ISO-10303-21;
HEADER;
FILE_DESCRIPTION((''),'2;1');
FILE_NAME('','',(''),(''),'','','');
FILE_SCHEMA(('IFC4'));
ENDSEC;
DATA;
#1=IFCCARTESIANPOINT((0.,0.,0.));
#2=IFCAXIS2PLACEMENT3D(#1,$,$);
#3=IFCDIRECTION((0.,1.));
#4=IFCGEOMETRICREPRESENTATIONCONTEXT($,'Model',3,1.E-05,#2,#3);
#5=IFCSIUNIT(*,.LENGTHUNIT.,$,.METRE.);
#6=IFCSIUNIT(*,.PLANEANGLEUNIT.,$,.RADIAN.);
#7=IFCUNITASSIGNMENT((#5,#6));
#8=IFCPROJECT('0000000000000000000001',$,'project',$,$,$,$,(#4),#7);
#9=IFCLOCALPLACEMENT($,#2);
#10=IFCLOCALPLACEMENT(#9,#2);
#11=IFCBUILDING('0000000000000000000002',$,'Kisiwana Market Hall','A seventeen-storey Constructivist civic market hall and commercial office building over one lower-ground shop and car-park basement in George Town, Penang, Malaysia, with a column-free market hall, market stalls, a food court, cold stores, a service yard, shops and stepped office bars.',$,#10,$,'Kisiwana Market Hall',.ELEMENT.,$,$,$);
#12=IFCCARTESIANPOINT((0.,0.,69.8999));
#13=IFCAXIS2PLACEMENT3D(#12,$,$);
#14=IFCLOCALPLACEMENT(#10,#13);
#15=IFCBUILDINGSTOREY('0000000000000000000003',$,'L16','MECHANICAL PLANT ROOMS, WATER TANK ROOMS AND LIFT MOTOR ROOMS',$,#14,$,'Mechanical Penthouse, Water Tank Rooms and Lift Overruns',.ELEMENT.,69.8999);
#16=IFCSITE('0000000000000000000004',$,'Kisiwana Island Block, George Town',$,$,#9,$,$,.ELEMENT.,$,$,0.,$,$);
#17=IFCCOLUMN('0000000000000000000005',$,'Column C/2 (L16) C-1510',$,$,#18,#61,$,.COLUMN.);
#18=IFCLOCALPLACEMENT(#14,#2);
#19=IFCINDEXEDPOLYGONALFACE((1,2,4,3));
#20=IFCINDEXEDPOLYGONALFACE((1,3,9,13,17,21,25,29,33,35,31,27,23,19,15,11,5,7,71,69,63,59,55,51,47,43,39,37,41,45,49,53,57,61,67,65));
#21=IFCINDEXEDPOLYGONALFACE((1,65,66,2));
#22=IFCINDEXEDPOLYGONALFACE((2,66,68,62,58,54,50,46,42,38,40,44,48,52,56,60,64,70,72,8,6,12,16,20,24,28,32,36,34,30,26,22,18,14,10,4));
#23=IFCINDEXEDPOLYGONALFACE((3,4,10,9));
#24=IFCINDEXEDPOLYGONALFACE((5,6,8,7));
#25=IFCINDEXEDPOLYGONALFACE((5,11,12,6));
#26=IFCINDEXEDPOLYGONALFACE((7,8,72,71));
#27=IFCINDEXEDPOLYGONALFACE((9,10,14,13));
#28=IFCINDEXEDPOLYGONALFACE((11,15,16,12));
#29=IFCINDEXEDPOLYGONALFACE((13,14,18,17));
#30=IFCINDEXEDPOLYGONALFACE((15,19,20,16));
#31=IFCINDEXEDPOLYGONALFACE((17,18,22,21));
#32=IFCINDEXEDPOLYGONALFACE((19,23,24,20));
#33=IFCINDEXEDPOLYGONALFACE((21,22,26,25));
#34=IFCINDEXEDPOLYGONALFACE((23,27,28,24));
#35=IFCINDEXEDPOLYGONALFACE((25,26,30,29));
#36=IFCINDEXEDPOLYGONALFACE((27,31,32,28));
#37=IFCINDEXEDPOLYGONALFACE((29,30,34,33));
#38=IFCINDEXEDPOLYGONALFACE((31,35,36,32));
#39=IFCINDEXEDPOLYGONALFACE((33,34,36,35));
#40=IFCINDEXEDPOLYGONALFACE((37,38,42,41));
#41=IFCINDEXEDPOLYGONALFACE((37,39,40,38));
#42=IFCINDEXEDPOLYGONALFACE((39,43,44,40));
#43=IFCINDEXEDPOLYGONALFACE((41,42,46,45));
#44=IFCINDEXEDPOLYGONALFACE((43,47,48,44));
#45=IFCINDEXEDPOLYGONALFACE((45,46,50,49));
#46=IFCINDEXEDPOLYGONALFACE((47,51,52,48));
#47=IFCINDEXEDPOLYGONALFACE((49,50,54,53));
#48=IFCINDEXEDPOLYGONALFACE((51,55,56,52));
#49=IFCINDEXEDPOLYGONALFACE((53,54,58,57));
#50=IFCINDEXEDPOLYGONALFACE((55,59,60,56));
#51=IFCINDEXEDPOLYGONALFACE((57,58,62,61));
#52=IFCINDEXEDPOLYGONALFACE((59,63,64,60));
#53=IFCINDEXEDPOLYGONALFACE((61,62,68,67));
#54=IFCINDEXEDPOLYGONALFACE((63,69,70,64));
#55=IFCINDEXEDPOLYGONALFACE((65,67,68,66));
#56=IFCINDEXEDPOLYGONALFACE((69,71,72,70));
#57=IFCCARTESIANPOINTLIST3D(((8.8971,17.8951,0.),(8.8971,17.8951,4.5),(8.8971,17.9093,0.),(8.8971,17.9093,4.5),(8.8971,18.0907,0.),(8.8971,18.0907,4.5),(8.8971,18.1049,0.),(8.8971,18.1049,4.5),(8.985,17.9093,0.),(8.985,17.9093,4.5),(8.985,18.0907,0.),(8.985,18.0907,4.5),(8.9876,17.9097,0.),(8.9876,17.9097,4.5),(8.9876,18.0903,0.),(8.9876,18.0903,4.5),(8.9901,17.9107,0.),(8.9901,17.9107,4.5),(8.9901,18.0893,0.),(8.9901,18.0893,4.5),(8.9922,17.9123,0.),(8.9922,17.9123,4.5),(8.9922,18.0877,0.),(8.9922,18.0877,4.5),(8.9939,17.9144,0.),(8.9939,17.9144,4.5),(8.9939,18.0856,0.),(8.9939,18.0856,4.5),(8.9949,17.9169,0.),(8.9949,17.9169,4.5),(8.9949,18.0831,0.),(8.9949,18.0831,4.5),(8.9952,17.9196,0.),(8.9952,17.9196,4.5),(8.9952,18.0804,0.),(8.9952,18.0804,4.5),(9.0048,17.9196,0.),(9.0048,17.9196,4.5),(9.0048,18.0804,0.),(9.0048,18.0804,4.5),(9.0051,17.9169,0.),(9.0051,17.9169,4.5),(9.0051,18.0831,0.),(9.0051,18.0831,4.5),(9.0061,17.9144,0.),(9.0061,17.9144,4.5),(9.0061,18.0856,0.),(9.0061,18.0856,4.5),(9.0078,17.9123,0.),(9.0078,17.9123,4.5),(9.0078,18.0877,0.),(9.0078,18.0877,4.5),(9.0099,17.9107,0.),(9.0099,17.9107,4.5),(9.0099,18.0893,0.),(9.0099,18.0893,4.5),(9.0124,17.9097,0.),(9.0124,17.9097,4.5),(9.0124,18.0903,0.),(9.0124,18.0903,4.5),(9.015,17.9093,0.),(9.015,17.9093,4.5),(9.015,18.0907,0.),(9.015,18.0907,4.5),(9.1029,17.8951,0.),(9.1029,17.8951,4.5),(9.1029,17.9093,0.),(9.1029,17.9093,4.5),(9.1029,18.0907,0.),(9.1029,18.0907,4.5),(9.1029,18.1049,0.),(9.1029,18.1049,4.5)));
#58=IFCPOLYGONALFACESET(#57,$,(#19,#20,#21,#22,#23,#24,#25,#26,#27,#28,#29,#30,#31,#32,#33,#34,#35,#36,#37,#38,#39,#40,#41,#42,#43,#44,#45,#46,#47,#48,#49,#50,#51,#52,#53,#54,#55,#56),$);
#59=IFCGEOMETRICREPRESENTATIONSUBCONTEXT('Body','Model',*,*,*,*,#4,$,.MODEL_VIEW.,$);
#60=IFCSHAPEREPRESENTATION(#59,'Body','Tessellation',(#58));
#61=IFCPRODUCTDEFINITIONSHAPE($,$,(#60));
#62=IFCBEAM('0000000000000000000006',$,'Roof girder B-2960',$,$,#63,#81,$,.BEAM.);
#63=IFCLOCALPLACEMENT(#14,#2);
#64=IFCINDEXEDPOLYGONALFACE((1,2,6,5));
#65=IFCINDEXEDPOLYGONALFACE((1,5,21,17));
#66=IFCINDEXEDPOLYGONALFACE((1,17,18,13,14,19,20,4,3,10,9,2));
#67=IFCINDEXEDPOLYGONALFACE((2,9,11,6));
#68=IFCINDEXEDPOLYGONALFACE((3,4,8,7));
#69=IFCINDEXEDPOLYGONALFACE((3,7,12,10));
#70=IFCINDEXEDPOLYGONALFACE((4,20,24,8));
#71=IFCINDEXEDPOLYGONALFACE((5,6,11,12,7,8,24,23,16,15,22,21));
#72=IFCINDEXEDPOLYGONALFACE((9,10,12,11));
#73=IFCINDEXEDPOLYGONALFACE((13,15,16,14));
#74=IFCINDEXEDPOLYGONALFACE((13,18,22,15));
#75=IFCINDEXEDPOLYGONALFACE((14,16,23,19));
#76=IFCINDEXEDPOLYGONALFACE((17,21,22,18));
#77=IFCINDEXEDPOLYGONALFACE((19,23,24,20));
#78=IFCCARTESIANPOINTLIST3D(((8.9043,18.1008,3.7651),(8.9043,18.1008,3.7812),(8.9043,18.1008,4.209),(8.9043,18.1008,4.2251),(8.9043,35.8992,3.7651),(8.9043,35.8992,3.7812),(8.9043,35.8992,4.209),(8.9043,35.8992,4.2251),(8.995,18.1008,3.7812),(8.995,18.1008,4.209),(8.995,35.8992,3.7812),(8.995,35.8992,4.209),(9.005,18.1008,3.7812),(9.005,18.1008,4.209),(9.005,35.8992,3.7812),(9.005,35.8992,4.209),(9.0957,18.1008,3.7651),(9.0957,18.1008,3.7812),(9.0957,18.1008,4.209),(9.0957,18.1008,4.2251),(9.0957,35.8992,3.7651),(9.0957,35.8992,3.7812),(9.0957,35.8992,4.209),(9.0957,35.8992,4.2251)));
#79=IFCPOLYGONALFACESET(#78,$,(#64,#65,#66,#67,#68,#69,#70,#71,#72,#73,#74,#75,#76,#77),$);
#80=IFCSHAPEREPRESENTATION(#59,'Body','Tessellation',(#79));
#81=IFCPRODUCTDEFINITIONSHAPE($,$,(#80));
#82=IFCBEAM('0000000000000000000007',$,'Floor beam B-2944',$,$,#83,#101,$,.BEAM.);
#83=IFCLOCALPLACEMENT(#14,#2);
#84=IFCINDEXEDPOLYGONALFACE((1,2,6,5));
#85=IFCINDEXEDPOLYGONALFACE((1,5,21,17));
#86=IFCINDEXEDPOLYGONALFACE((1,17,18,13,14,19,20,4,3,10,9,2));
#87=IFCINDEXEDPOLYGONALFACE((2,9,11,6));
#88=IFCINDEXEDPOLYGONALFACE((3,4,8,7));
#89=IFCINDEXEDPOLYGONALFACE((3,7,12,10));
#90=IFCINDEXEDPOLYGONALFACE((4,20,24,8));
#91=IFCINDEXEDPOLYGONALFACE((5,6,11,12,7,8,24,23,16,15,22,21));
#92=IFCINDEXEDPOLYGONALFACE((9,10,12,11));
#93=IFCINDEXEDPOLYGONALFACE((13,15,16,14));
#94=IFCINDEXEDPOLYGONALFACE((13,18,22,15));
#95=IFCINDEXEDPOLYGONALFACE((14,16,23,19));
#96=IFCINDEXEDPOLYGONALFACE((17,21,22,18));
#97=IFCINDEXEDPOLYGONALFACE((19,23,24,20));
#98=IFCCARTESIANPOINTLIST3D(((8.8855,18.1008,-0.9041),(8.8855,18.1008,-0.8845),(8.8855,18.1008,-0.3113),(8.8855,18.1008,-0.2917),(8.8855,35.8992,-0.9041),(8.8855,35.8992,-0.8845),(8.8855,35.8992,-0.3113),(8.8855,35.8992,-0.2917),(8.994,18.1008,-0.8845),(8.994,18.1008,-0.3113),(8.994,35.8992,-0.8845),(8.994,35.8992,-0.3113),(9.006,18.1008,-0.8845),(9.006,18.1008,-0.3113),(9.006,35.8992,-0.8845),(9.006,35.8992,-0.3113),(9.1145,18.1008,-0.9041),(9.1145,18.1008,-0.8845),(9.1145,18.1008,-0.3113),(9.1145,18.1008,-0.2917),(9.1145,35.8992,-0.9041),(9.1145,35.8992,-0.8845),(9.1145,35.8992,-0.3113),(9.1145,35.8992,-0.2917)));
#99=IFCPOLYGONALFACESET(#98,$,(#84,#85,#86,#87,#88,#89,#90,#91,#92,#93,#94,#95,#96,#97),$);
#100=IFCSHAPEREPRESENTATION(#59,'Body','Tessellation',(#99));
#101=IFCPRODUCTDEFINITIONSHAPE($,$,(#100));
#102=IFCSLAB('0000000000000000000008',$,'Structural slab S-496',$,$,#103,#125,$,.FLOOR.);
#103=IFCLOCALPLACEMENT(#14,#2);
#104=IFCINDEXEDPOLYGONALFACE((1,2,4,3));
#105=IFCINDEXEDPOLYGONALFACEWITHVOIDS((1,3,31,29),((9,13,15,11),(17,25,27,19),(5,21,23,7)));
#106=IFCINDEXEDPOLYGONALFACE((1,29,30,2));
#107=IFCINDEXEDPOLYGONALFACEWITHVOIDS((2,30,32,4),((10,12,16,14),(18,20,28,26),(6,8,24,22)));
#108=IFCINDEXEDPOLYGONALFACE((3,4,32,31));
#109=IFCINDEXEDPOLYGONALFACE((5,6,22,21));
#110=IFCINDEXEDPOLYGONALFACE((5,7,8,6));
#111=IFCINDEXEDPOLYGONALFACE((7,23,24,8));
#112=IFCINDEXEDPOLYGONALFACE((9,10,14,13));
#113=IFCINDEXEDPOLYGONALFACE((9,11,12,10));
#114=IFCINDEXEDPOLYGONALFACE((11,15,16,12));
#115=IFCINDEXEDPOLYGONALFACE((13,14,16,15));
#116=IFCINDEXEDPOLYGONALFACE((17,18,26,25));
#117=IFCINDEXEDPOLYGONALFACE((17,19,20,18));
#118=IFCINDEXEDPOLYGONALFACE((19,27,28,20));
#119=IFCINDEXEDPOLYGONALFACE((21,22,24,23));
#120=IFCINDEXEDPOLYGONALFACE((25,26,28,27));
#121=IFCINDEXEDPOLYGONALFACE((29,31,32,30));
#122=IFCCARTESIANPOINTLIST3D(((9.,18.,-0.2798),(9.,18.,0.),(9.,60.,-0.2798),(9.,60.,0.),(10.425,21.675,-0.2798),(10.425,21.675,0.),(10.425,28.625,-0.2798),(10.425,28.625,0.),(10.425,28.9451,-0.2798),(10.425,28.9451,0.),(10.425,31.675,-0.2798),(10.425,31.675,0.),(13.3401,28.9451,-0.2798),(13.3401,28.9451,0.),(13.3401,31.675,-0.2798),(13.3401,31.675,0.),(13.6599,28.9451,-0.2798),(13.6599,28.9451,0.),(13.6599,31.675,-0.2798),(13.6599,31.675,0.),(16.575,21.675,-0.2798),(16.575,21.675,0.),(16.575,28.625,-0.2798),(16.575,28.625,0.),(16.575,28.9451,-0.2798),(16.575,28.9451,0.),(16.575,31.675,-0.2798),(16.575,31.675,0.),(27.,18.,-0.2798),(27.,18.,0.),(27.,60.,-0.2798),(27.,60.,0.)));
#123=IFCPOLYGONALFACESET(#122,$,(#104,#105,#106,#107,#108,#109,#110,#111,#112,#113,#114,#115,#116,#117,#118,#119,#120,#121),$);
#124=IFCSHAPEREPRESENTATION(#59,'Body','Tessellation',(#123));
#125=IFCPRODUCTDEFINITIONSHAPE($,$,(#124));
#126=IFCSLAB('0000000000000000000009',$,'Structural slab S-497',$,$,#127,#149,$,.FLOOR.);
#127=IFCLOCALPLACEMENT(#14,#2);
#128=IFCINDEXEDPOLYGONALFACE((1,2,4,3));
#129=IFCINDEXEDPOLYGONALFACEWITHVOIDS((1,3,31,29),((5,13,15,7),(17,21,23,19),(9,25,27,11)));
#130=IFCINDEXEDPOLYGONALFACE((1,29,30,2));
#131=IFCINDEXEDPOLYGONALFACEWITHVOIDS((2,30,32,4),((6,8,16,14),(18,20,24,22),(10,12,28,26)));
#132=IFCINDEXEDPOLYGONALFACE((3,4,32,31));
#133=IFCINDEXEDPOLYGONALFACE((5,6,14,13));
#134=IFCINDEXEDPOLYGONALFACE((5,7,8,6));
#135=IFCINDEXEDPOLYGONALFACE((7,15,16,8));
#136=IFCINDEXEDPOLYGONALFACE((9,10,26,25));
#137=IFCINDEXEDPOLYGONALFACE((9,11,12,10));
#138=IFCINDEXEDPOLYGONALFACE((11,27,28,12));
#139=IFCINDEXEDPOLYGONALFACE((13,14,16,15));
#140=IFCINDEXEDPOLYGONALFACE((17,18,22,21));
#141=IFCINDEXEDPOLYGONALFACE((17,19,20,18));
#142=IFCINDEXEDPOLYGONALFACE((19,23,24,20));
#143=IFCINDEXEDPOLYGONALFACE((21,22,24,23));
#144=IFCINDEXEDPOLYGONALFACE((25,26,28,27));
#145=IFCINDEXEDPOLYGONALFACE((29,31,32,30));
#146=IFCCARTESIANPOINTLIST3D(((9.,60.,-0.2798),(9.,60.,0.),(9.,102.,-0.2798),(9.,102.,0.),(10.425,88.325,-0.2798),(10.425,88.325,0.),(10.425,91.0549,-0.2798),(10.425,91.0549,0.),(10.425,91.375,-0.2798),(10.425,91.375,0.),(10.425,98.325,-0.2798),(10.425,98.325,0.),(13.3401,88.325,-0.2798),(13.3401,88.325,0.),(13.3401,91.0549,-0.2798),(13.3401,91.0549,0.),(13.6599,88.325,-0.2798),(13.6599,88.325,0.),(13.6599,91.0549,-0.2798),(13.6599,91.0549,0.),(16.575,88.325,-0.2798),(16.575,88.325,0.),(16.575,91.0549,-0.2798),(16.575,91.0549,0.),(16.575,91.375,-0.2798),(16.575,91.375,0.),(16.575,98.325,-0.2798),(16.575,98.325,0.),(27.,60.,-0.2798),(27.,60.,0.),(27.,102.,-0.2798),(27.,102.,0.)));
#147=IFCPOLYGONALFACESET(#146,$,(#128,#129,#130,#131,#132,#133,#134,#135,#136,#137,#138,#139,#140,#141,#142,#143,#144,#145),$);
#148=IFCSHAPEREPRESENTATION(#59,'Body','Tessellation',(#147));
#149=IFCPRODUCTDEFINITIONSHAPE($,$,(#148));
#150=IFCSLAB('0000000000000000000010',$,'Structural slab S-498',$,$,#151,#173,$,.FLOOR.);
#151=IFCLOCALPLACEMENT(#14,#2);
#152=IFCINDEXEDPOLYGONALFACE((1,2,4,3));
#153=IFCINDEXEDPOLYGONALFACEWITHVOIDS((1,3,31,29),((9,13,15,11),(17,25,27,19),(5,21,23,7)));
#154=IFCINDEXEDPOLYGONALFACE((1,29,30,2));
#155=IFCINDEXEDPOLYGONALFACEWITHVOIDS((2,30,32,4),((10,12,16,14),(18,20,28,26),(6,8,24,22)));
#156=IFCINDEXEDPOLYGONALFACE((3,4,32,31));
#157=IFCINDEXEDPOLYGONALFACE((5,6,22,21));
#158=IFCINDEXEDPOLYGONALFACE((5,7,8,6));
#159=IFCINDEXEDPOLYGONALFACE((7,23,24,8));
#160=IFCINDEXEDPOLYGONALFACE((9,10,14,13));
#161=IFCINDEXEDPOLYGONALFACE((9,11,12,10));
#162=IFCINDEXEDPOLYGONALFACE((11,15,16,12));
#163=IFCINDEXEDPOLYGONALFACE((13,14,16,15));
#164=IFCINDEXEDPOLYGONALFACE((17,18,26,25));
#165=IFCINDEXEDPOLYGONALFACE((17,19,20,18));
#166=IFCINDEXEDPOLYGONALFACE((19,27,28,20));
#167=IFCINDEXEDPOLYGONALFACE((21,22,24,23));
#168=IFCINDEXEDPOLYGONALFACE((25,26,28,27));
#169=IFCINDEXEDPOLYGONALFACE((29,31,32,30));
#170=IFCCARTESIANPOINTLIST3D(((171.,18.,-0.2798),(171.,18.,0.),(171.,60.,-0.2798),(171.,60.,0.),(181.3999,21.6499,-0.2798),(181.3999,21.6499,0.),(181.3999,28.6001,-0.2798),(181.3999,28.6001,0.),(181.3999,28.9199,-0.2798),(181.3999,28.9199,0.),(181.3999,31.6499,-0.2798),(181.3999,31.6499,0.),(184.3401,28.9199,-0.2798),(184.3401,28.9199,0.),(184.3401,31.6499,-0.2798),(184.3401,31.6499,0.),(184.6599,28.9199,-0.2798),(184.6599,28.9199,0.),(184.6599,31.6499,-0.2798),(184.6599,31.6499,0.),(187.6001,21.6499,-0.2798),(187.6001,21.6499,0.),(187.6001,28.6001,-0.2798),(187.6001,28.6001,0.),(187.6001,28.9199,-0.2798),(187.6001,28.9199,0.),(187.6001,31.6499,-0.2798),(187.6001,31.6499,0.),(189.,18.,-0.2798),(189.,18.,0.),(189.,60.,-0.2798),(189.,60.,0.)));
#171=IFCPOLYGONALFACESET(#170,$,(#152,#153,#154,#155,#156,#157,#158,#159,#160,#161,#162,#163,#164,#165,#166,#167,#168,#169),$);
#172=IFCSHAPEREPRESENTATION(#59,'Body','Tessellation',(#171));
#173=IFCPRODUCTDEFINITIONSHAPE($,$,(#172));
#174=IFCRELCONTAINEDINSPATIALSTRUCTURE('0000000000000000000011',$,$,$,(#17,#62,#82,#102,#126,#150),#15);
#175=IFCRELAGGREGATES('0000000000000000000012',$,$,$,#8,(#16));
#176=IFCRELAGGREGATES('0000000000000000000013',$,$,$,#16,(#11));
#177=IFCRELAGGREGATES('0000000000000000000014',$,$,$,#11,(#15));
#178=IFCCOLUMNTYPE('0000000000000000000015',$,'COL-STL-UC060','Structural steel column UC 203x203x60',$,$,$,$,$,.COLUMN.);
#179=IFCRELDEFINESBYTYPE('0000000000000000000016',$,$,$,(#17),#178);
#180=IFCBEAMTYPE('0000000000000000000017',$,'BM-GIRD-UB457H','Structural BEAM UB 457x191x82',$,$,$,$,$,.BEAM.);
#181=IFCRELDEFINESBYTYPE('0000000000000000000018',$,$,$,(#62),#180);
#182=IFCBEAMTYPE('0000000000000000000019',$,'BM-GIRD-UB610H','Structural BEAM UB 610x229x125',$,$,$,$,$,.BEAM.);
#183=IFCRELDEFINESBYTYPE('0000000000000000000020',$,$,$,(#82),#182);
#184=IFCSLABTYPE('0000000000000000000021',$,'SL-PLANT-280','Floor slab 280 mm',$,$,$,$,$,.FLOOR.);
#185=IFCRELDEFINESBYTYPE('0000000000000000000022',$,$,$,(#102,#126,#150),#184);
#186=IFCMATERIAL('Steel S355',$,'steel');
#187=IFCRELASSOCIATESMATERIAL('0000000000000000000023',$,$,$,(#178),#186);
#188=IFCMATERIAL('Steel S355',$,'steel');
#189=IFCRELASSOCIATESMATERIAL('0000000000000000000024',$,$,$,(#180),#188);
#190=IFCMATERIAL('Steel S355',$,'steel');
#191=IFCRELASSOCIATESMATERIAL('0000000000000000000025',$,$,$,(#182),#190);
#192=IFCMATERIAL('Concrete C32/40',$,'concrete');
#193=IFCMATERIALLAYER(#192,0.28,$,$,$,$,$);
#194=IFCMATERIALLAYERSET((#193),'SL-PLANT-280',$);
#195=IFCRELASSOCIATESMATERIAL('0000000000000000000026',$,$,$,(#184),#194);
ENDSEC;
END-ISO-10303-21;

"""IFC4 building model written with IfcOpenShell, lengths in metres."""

from ifc_helpers import new_model, si_unit, direction, frame, origin, origin_2d, place, context, subcontext, project, spatial, polyline, i_section, outline, extrude, material, layer, layer_set, material_profile, profile_set, type_object, element, save


model = new_model("IFC4")

# Units and contexts
model_context = context("Model", 3, precision=1e-05, world=origin(), true_north=direction((0.0, 1.0)))
body_context = subcontext(model_context, "Body", "Model", "MODEL_VIEW")
ifc_project = project(units=[si_unit("LENGTHUNIT", "METRE"), si_unit("PLANEANGLEUNIT", "RADIAN")], contexts=[model_context])

# Site, building, storey
site_placement = place(None, origin())
site = spatial("IfcSite", under=ifc_project, at=site_placement, Name="Kisiwana Island Block, George Town", CompositionType="ELEMENT", RefElevation=0.0)
building_placement = place(site_placement, origin())
building = spatial("IfcBuilding", under=site, at=building_placement, Name="Kisiwana Market Hall", Description="A seventeen-storey Constructivist civic market hall and commercial office building over one lower-ground shop and car-park basement in George Town, Penang, Malaysia, with a column-free market hall, market stalls, a food court, cold stores, a service yard, shops and stepped office bars.", LongName="Kisiwana Market Hall", CompositionType="ELEMENT")
storey_placement = place(building_placement, frame((0.0, 0.0, 69.8999)))
storey = spatial("IfcBuildingStorey", under=building, at=storey_placement, Name="L16", Description="MECHANICAL PLANT ROOMS, WATER TANK ROOMS AND LIFT MOTOR ROOMS", LongName="Mechanical Penthouse, Water Tank Rooms and Lift Overruns", CompositionType="ELEMENT", Elevation=69.8999)

# Column
ifc_material_1 = material(Name="Steel S355", Category="steel")
ifc_material_profile_1 = material_profile(ifc_material_1, i_section(OverallWidth=0.2058, OverallDepth=0.2097, WebThickness=0.0095, FlangeThickness=0.0142, FilletRadius=0.0103, at=origin_2d()), Name="UC 203x203x60")
ifc_profile_set_1 = profile_set([ifc_material_profile_1], Name="Steel S355")
column_type = type_object("IfcColumnType", Name="COL-STL-UC060", Description="Structural steel column UC 203x203x60", PredefinedType="COLUMN", material=ifc_profile_set_1)
column_placement = place(storey_placement, frame((9.0, 18.0, 0.0), z_axis=(0.0, 0.0, 1.0), x_axis=(1.0, 0.0, 0.0)))
element("IfcColumn", 1, at=column_placement, inside=storey, type_object=column_type, Name="Column C/2 (L16) C-1510", PredefinedType="COLUMN", context=body_context, shape_type="SweptSolid", body=[
    extrude(i_section(OverallWidth=0.2058, OverallDepth=0.2097, WebThickness=0.0095, FlangeThickness=0.0142, FilletRadius=0.0103, at=origin_2d()), origin(), (0.0, 0.0, 1.0), 4.5),
])

# Beams
ifc_material_2 = material(Name="Steel S355", Category="steel")
ifc_material_profile_2 = material_profile(ifc_material_2, i_section(OverallWidth=0.1914, OverallDepth=0.46, WebThickness=0.01, FlangeThickness=0.0161, at=origin_2d()), Name="UB 457x191x82")
ifc_profile_set_2 = profile_set([ifc_material_profile_2], Name="Steel S355")
beam_type_1 = type_object("IfcBeamType", Name="BM-GIRD-UB457H", Description="Structural BEAM UB 457x191x82", PredefinedType="BEAM", material=ifc_profile_set_2)
beam_1_placement = place(storey_placement, frame((9.0, 18.1008, 3.9951), z_axis=(0.0, 1.0, 0.0), x_axis=(-1.0, 0.0, 0.0)))
element("IfcBeam", 2, at=beam_1_placement, inside=storey, type_object=beam_type_1, Name="Roof girder B-2960", PredefinedType="BEAM", context=body_context, shape_type="SweptSolid", body=[
    extrude(i_section(OverallWidth=0.1914, OverallDepth=0.46, WebThickness=0.01, FlangeThickness=0.0161, at=origin_2d()), origin(), (0.0, 0.0, 1.0), 17.7983),
])
ifc_material_3 = material(Name="Steel S355", Category="steel")
ifc_material_profile_3 = material_profile(ifc_material_3, i_section(OverallWidth=0.229, OverallDepth=0.6123, WebThickness=0.012, FlangeThickness=0.0195, at=origin_2d()), Name="UB 610x229x125")
ifc_profile_set_3 = profile_set([ifc_material_profile_3], Name="Steel S355")
beam_type_2 = type_object("IfcBeamType", Name="BM-GIRD-UB610H", Description="Structural BEAM UB 610x229x125", PredefinedType="BEAM", material=ifc_profile_set_3)
beam_2_placement = place(storey_placement, frame((9.0, 18.1008, -0.5979), z_axis=(0.0, 1.0, 0.0), x_axis=(-1.0, 0.0, 0.0)))
element("IfcBeam", 3, at=beam_2_placement, inside=storey, type_object=beam_type_2, Name="Floor beam B-2944", PredefinedType="BEAM", context=body_context, shape_type="SweptSolid", body=[
    extrude(i_section(OverallWidth=0.229, OverallDepth=0.6123, WebThickness=0.012, FlangeThickness=0.0195, at=origin_2d()), origin(), (0.0, 0.0, 1.0), 17.7983),
])

# Slabs
ifc_material_4 = material(Name="Concrete C32/40", Category="concrete")
ifc_layer_1 = layer(ifc_material_4, 0.28)
ifc_layer_set_1 = layer_set([ifc_layer_1], Name="SL-PLANT-280")
slab_type_1 = type_object("IfcSlabType", Name="SL-PLANT-280", Description="Floor slab 280 mm", PredefinedType="FLOOR", material=ifc_layer_set_1)
slab_1_placement = place(storey_placement, frame((0.0, 0.0, -0.2798)))
element("IfcSlab", 4, at=slab_1_placement, inside=storey, type_object=slab_type_1, Name="Structural slab S-496", PredefinedType="FLOOR", context=body_context, shape_type="SweptSolid", body=[
    extrude(outline(polyline([(9.0, 18.0), (27.0, 18.0), (27.0, 60.0), (9.0, 60.0), (9.0, 18.0)]), holes=[polyline([(10.425, 21.675), (16.575, 21.675), (16.575, 28.625), (10.425, 28.625), (10.425, 21.675)]), polyline([(10.425, 28.9451), (13.3401, 28.9451), (13.3401, 31.675), (10.425, 31.675), (10.425, 28.9451)]), polyline([(13.6599, 28.9451), (16.575, 28.9451), (16.575, 31.675), (13.6599, 31.675), (13.6599, 28.9451)])]), origin(), (0.0, 0.0, 1.0), 0.2798),
])
slab_2_placement = place(storey_placement, frame((0.0, 0.0, -0.2798)))
element("IfcSlab", 5, at=slab_2_placement, inside=storey, type_object=slab_type_1, Name="Structural slab S-497", PredefinedType="FLOOR", context=body_context, shape_type="SweptSolid", body=[
    extrude(outline(polyline([(9.0, 60.0), (27.0, 60.0), (27.0, 102.0), (9.0, 102.0), (9.0, 60.0)]), holes=[polyline([(10.425, 91.375), (16.575, 91.375), (16.575, 98.325), (10.425, 98.325), (10.425, 91.375)]), polyline([(10.425, 88.325), (13.3401, 88.325), (13.3401, 91.0549), (10.425, 91.0549), (10.425, 88.325)]), polyline([(13.6599, 88.325), (16.575, 88.325), (16.575, 91.0549), (13.6599, 91.0549), (13.6599, 88.325)])]), origin(), (0.0, 0.0, 1.0), 0.2798),
])
slab_3_placement = place(storey_placement, frame((0.0, 0.0, -0.2798)))
element("IfcSlab", 6, at=slab_3_placement, inside=storey, type_object=slab_type_1, Name="Structural slab S-498", PredefinedType="FLOOR", context=body_context, shape_type="SweptSolid", body=[
    extrude(outline(polyline([(171.0, 18.0), (189.0, 18.0), (189.0, 60.0), (171.0, 60.0), (171.0, 18.0)]), holes=[polyline([(181.3999, 21.6499), (187.6001, 21.6499), (187.6001, 28.6001), (181.3999, 28.6001), (181.3999, 21.6499)]), polyline([(181.3999, 28.9199), (184.3401, 28.9199), (184.3401, 31.6499), (181.3999, 31.6499), (181.3999, 28.9199)]), polyline([(184.6599, 28.9199), (187.6001, 28.9199), (187.6001, 31.6499), (184.6599, 31.6499), (184.6599, 28.9199)])]), origin(), (0.0, 0.0, 1.0), 0.2798),
])

save(model, "model.ifc")
